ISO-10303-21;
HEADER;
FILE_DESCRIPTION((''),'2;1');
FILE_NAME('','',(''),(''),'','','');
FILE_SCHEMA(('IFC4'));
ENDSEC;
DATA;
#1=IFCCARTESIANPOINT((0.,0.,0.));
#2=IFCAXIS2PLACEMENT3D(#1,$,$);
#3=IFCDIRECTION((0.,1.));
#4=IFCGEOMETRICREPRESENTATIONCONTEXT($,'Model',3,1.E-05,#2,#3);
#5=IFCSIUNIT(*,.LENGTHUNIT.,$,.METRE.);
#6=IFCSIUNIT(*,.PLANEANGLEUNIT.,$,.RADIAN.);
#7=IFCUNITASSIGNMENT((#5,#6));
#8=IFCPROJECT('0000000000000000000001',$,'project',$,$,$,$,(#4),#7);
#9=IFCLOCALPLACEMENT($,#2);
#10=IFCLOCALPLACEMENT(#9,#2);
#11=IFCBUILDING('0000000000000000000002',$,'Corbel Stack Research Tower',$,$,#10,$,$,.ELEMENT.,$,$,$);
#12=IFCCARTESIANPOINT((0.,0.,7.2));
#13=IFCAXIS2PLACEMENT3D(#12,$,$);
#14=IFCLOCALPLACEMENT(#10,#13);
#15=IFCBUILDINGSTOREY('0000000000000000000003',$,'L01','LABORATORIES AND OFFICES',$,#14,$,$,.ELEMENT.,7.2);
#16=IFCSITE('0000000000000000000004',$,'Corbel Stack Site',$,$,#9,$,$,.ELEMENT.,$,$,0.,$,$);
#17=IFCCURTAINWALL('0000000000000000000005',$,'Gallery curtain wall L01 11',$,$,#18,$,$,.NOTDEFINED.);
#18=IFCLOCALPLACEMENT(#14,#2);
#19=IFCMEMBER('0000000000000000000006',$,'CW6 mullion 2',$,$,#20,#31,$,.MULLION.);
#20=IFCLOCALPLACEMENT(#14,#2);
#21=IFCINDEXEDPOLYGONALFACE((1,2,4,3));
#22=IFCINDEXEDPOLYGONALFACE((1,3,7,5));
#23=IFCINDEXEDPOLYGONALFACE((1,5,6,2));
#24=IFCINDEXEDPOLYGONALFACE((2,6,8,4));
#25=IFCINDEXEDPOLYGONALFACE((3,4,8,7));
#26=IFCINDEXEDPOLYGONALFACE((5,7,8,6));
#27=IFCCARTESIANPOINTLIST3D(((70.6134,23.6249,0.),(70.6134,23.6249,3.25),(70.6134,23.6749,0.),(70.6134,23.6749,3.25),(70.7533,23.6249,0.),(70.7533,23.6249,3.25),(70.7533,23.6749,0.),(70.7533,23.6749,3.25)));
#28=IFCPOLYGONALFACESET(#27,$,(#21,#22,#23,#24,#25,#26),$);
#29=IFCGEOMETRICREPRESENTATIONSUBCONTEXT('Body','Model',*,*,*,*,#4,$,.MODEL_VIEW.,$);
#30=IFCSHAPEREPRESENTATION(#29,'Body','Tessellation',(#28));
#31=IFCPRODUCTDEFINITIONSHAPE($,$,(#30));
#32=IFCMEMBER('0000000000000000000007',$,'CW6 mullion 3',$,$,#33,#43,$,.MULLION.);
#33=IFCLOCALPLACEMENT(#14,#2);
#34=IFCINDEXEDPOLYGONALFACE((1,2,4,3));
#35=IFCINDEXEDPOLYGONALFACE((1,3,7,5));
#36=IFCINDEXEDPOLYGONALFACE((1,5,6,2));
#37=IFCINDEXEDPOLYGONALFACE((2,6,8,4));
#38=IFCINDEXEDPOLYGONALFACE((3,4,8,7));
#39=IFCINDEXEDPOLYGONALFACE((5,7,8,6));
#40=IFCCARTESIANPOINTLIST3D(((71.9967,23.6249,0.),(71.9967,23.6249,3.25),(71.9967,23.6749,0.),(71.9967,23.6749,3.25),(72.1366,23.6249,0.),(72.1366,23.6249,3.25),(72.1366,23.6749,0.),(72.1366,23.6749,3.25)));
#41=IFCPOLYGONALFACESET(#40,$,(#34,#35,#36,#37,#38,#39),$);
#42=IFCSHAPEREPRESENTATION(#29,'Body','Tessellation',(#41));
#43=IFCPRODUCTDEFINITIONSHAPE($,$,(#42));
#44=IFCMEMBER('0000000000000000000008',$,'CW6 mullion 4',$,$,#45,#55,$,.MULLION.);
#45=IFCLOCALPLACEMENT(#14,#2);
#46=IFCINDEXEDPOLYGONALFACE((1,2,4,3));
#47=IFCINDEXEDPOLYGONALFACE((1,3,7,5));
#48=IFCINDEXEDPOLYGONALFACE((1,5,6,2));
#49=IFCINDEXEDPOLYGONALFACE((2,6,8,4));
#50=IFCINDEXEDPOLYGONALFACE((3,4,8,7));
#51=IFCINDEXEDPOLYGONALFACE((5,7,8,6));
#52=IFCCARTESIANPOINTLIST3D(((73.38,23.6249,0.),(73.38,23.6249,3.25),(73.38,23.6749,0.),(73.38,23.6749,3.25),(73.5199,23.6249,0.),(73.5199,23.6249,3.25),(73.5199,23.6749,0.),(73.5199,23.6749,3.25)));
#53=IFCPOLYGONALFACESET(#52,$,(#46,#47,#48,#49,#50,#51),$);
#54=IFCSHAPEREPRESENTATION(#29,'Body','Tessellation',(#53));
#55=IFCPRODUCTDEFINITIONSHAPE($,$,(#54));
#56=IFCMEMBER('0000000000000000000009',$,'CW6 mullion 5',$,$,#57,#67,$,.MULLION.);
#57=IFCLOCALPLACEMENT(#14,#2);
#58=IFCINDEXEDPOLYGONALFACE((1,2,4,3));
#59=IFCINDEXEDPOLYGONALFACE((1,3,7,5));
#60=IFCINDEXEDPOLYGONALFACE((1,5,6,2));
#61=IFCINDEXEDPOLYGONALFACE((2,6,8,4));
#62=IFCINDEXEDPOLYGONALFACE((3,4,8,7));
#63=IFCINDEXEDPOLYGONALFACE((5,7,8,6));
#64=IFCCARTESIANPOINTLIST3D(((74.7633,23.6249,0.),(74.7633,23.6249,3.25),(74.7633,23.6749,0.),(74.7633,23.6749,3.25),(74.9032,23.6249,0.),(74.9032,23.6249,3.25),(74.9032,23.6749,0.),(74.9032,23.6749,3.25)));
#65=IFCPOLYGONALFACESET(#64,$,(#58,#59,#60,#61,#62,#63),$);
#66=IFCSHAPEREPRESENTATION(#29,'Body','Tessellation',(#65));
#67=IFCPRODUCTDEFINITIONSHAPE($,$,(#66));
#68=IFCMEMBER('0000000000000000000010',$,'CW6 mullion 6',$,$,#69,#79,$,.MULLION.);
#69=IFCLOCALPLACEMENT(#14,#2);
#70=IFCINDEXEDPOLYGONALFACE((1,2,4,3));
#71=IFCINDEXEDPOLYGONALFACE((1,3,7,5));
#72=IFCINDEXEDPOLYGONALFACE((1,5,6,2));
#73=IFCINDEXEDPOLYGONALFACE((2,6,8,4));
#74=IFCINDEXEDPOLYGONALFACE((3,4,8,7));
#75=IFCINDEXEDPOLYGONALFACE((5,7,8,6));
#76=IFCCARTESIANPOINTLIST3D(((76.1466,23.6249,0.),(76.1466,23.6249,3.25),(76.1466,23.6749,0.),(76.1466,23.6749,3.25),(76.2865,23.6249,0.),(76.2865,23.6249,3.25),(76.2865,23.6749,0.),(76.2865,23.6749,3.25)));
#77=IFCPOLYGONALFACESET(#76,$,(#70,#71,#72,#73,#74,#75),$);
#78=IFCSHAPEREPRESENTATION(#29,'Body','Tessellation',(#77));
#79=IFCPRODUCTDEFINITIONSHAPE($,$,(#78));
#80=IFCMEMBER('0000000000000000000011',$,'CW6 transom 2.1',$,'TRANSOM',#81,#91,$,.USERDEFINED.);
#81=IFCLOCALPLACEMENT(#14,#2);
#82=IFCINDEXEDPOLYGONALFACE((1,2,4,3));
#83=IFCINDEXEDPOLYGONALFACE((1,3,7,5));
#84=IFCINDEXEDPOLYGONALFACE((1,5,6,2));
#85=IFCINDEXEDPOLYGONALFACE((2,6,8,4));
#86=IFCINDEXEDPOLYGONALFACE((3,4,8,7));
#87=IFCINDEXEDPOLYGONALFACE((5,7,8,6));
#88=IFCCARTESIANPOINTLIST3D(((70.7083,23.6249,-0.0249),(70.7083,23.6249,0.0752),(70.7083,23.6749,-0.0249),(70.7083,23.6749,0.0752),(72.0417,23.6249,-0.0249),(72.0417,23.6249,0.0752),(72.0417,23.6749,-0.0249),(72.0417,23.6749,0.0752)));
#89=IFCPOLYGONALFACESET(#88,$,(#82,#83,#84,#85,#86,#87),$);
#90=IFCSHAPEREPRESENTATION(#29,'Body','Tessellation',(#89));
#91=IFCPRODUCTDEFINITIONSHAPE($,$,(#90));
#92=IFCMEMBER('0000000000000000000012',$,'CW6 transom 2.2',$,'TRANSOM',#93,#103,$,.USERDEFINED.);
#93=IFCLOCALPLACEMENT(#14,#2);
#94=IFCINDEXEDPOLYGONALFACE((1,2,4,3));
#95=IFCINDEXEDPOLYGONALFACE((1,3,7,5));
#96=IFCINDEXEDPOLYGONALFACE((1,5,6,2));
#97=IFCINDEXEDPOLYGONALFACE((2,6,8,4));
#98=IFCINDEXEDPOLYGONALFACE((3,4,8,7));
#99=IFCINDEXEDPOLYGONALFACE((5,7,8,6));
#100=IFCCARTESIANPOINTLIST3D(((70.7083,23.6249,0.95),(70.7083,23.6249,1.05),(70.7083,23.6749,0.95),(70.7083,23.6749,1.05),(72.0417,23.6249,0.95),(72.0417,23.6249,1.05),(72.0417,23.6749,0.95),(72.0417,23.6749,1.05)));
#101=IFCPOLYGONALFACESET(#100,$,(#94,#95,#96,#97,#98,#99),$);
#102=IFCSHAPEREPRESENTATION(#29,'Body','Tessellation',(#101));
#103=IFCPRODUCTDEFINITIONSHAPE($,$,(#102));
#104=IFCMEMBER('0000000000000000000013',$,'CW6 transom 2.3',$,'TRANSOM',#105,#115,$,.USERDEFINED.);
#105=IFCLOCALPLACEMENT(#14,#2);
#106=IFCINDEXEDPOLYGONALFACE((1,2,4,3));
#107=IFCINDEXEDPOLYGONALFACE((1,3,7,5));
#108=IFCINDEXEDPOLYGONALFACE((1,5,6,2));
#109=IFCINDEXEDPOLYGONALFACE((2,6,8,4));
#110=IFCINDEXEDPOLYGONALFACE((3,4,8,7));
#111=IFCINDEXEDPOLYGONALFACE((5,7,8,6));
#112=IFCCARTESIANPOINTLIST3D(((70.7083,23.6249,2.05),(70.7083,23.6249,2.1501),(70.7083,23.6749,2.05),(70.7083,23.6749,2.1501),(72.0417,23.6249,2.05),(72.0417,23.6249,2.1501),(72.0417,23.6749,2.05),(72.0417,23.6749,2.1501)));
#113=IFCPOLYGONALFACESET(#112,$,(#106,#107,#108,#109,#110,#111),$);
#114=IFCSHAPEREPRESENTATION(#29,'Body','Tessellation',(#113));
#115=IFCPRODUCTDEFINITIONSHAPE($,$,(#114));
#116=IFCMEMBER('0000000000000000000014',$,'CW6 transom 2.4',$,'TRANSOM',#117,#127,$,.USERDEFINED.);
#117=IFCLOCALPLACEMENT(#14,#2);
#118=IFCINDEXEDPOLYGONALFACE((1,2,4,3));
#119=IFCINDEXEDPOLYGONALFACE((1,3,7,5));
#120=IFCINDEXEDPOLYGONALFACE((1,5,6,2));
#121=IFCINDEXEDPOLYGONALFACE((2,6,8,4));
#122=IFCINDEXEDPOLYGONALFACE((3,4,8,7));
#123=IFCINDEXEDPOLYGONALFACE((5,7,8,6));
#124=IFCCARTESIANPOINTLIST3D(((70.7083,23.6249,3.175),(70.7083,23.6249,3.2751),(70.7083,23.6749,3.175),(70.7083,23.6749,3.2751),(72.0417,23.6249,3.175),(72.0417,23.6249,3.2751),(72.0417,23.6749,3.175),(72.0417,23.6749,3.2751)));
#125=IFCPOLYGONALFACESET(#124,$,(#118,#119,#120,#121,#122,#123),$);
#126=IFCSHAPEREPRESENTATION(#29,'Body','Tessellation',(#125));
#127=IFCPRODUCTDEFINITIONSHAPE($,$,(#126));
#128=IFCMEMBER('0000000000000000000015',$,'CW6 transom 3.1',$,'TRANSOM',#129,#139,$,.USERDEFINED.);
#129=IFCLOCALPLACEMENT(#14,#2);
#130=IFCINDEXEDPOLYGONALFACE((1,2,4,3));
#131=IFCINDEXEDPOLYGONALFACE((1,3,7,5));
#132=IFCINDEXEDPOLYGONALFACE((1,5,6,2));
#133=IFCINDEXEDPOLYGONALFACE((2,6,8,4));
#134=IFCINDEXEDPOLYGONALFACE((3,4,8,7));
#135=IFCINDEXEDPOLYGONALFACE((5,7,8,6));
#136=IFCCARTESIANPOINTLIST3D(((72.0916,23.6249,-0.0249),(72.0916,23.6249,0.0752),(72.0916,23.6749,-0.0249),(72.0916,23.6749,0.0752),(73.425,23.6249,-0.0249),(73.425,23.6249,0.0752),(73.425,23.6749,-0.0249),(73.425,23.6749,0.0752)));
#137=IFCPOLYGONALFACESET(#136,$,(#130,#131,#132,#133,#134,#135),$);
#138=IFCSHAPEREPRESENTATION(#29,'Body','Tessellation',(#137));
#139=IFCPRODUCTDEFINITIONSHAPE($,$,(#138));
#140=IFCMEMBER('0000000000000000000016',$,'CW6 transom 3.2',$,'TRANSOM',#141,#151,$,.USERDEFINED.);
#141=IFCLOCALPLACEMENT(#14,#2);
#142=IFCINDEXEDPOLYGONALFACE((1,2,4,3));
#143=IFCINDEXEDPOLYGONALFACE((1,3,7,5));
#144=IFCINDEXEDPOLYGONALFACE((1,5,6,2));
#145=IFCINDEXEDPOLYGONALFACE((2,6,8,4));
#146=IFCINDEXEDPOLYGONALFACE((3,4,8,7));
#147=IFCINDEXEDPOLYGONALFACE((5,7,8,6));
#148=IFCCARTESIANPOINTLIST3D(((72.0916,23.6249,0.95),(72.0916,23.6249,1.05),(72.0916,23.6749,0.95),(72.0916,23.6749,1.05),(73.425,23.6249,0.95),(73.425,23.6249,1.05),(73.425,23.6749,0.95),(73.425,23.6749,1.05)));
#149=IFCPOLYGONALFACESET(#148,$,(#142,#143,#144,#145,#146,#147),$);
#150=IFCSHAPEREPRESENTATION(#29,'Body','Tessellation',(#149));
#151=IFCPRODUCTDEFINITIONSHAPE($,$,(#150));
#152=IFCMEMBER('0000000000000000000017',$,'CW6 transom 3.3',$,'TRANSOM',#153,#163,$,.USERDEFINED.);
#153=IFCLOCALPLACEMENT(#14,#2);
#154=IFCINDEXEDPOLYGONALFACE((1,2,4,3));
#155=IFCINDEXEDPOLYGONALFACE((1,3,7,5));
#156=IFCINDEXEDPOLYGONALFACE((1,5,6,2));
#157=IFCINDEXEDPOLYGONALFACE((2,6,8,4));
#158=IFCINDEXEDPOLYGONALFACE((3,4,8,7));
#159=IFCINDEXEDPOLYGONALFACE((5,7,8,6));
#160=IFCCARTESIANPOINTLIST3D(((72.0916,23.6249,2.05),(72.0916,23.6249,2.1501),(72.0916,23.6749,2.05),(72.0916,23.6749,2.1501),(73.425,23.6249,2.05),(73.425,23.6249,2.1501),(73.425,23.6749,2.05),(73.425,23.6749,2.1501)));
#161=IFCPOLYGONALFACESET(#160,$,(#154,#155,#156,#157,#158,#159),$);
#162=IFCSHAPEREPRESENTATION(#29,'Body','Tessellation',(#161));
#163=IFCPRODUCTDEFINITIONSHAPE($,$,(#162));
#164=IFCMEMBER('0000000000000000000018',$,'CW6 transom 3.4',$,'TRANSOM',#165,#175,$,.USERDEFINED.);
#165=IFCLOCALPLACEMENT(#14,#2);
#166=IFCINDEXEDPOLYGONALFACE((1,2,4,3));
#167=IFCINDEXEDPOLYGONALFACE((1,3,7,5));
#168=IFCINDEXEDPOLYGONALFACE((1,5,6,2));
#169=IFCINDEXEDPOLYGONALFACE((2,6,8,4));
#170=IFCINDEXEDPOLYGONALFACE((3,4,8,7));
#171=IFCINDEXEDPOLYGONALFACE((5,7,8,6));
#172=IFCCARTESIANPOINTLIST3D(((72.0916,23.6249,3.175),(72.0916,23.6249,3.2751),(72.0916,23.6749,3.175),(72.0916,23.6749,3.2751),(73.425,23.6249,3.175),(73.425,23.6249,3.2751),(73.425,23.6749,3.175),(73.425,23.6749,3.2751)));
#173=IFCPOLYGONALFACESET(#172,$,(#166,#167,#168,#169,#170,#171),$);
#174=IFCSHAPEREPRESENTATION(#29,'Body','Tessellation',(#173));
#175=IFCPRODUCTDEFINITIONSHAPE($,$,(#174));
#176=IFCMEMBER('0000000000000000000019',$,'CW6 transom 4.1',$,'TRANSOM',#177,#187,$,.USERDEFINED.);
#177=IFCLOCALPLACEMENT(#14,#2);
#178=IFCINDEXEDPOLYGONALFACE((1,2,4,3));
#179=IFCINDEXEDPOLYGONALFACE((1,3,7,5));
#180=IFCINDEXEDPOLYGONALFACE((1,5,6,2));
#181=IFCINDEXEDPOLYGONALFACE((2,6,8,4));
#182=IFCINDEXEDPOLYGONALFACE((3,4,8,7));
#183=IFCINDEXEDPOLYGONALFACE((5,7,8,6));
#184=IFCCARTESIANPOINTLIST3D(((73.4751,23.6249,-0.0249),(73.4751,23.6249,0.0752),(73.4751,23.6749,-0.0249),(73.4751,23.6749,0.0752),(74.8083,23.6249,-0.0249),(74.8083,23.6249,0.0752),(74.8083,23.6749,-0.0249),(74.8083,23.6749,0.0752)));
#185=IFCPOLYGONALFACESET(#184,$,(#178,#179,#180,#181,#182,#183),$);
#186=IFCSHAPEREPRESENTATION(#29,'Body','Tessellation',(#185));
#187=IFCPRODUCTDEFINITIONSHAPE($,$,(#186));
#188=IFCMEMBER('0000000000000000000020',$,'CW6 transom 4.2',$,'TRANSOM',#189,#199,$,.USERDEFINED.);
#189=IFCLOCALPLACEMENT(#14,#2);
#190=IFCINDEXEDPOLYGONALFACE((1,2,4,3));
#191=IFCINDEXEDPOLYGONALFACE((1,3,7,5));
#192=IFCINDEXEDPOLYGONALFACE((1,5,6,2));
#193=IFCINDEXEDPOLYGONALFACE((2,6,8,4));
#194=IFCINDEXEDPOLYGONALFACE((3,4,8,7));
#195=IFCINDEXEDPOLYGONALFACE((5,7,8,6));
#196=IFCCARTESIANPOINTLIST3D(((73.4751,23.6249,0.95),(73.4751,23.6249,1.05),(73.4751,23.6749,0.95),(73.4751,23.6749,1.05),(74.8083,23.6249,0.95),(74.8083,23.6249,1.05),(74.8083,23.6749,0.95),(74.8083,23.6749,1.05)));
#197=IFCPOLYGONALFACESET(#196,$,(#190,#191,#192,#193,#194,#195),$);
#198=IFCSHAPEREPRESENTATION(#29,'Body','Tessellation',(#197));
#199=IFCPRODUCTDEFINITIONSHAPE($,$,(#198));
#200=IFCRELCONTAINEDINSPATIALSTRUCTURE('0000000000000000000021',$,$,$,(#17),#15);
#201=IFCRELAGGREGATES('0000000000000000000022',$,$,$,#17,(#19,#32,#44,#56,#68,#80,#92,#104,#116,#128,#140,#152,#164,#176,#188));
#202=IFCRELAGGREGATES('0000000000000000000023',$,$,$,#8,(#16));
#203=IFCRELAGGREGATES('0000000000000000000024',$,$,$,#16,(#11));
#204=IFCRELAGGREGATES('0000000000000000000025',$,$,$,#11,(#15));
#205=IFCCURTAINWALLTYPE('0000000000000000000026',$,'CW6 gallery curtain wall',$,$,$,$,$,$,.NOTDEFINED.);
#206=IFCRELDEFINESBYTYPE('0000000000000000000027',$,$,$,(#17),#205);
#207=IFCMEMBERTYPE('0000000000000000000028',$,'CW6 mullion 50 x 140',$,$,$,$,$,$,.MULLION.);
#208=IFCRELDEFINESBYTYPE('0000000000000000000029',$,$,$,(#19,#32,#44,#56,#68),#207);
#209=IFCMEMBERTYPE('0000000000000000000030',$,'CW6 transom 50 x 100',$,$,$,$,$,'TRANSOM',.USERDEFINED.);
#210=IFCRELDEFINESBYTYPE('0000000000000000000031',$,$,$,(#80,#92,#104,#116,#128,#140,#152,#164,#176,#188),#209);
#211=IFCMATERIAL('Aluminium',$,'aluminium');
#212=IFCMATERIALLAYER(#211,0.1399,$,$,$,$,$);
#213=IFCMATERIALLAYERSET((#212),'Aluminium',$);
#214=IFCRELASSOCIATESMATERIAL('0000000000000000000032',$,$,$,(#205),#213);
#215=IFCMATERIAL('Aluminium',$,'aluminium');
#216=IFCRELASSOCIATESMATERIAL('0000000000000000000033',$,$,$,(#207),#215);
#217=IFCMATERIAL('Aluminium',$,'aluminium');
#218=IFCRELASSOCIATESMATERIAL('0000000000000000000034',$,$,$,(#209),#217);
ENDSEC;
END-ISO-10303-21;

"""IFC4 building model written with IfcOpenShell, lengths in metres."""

from ifc_helpers import new_model, si_unit, direction, frame, origin, origin_2d, place, context, subcontext, project, spatial, rectangle, extrude, material, layer, layer_set, material_profile, profile_set, type_object, element, aggregate, save


model = new_model("IFC4")

# Units and contexts
model_context = context("Model", 3, precision=1e-05, world=origin(), true_north=direction((0.0, 1.0)))
body_context = subcontext(model_context, "Body", "Model", "MODEL_VIEW")
ifc_project = project(units=[si_unit("LENGTHUNIT", "METRE"), si_unit("PLANEANGLEUNIT", "RADIAN")], contexts=[model_context])

# Site, building, storey
site_placement = place(None, origin())
site = spatial("IfcSite", under=ifc_project, at=site_placement, Name="Corbel Stack Site", CompositionType="ELEMENT", RefElevation=0.0)
building_placement = place(site_placement, origin())
building = spatial("IfcBuilding", under=site, at=building_placement, Name="Corbel Stack Research Tower", CompositionType="ELEMENT")
storey_placement = place(building_placement, frame((0.0, 0.0, 7.2)))
storey = spatial("IfcBuildingStorey", under=building, at=storey_placement, Name="L01", Description="LABORATORIES AND OFFICES", CompositionType="ELEMENT", Elevation=7.2)

# Curtain wall, members
ifc_material_1 = material(Name="Aluminium", Category="aluminium")
ifc_layer_1 = layer(ifc_material_1, 0.1399)
ifc_layer_set_1 = layer_set([ifc_layer_1], Name="Aluminium")
curtain_wall_type = type_object("IfcCurtainWallType", Name="CW6 gallery curtain wall", PredefinedType="NOTDEFINED", material=ifc_layer_set_1)
curtain_wall_placement = place(storey_placement, origin())
curtain_wall = element("IfcCurtainWall", 1, at=curtain_wall_placement, inside=storey, type_object=curtain_wall_type, Name="Gallery curtain wall L01 11", PredefinedType="NOTDEFINED")
ifc_material_2 = material(Name="Aluminium", Category="aluminium")
ifc_material_profile_1 = material_profile(ifc_material_2, rectangle(XDim=0.05, YDim=0.1399, at=origin_2d()), Name="Mullion 50 x 140")
ifc_profile_set_1 = profile_set([ifc_material_profile_1], Name="Aluminium")
member_type_1 = type_object("IfcMemberType", Name="CW6 mullion 50 x 140", PredefinedType="MULLION", material=ifc_profile_set_1)
member_1_placement = place(storey_placement, frame((70.6833, 23.6499, 0.0), z_axis=(0.0, 0.0, 1.0), x_axis=(0.0, 1.0, 0.0)))
member_1 = element("IfcMember", 2, at=member_1_placement, type_object=member_type_1, Name="CW6 mullion 2", PredefinedType="MULLION", context=body_context, shape_type="SweptSolid", body=[
    extrude(rectangle(XDim=0.05, YDim=0.1399, at=origin_2d()), origin(), (0.0, 0.0, 1.0), 3.25),
])
member_2_placement = place(storey_placement, frame((72.0667, 23.6499, 0.0), z_axis=(0.0, 0.0, 1.0), x_axis=(0.0, 1.0, 0.0)))
member_2 = element("IfcMember", 3, at=member_2_placement, type_object=member_type_1, Name="CW6 mullion 3", PredefinedType="MULLION", context=body_context, shape_type="SweptSolid", body=[
    extrude(rectangle(XDim=0.05, YDim=0.1399, at=origin_2d()), origin(), (0.0, 0.0, 1.0), 3.25),
])
member_3_placement = place(storey_placement, frame((73.45, 23.6499, 0.0), z_axis=(0.0, 0.0, 1.0), x_axis=(0.0, 1.0, 0.0)))
member_3 = element("IfcMember", 4, at=member_3_placement, type_object=member_type_1, Name="CW6 mullion 4", PredefinedType="MULLION", context=body_context, shape_type="SweptSolid", body=[
    extrude(rectangle(XDim=0.05, YDim=0.1399, at=origin_2d()), origin(), (0.0, 0.0, 1.0), 3.25),
])
member_4_placement = place(storey_placement, frame((74.8333, 23.6499, 0.0), z_axis=(0.0, 0.0, 1.0), x_axis=(0.0, 1.0, 0.0)))
member_4 = element("IfcMember", 5, at=member_4_placement, type_object=member_type_1, Name="CW6 mullion 5", PredefinedType="MULLION", context=body_context, shape_type="SweptSolid", body=[
    extrude(rectangle(XDim=0.05, YDim=0.1399, at=origin_2d()), origin(), (0.0, 0.0, 1.0), 3.25),
])
member_5_placement = place(storey_placement, frame((76.2166, 23.6499, 0.0), z_axis=(0.0, 0.0, 1.0), x_axis=(0.0, 1.0, 0.0)))
member_5 = element("IfcMember", 6, at=member_5_placement, type_object=member_type_1, Name="CW6 mullion 6", PredefinedType="MULLION", context=body_context, shape_type="SweptSolid", body=[
    extrude(rectangle(XDim=0.05, YDim=0.1399, at=origin_2d()), origin(), (0.0, 0.0, 1.0), 3.25),
])
ifc_material_3 = material(Name="Aluminium", Category="aluminium")
ifc_material_profile_2 = material_profile(ifc_material_3, rectangle(XDim=0.05, YDim=0.1001, at=origin_2d()), Name="Transom 50 x 100")
ifc_profile_set_2 = profile_set([ifc_material_profile_2], Name="Aluminium")
member_type_2 = type_object("IfcMemberType", Name="CW6 transom 50 x 100", ElementType="TRANSOM", PredefinedType="USERDEFINED", material=ifc_profile_set_2)
member_6_placement = place(storey_placement, frame((70.7083, 23.6499, 0.0251), z_axis=(1.0, 0.0, 0.0), x_axis=(0.0, 1.0, 0.0)))
member_6 = element("IfcMember", 7, at=member_6_placement, type_object=member_type_2, Name="CW6 transom 2.1", ObjectType="TRANSOM", PredefinedType="USERDEFINED", context=body_context, shape_type="SweptSolid", body=[
    extrude(rectangle(XDim=0.05, YDim=0.1001, at=origin_2d()), origin(), (0.0, 0.0, 1.0), 1.3335),
])
member_7_placement = place(storey_placement, frame((70.7083, 23.6499, 1.0), z_axis=(1.0, 0.0, 0.0), x_axis=(0.0, 1.0, 0.0)))
member_7 = element("IfcMember", 8, at=member_7_placement, type_object=member_type_2, Name="CW6 transom 2.2", ObjectType="TRANSOM", PredefinedType="USERDEFINED", context=body_context, shape_type="SweptSolid", body=[
    extrude(rectangle(XDim=0.05, YDim=0.1001, at=origin_2d()), origin(), (0.0, 0.0, 1.0), 1.3335),
])
member_8_placement = place(storey_placement, frame((70.7083, 23.6499, 2.1001), z_axis=(1.0, 0.0, 0.0), x_axis=(0.0, 1.0, 0.0)))
member_8 = element("IfcMember", 9, at=member_8_placement, type_object=member_type_2, Name="CW6 transom 2.3", ObjectType="TRANSOM", PredefinedType="USERDEFINED", context=body_context, shape_type="SweptSolid", body=[
    extrude(rectangle(XDim=0.05, YDim=0.1001, at=origin_2d()), origin(), (0.0, 0.0, 1.0), 1.3335),
])
member_9_placement = place(storey_placement, frame((70.7083, 23.6499, 3.2251), z_axis=(1.0, 0.0, 0.0), x_axis=(0.0, 1.0, 0.0)))
member_9 = element("IfcMember", 10, at=member_9_placement, type_object=member_type_2, Name="CW6 transom 2.4", ObjectType="TRANSOM", PredefinedType="USERDEFINED", context=body_context, shape_type="SweptSolid", body=[
    extrude(rectangle(XDim=0.05, YDim=0.1001, at=origin_2d()), origin(), (0.0, 0.0, 1.0), 1.3335),
])
member_10_placement = place(storey_placement, frame((72.0916, 23.6499, 0.0251), z_axis=(1.0, 0.0, 0.0), x_axis=(0.0, 1.0, 0.0)))
member_10 = element("IfcMember", 11, at=member_10_placement, type_object=member_type_2, Name="CW6 transom 3.1", ObjectType="TRANSOM", PredefinedType="USERDEFINED", context=body_context, shape_type="SweptSolid", body=[
    extrude(rectangle(XDim=0.05, YDim=0.1001, at=origin_2d()), origin(), (0.0, 0.0, 1.0), 1.3335),
])
member_11_placement = place(storey_placement, frame((72.0916, 23.6499, 1.0), z_axis=(1.0, 0.0, 0.0), x_axis=(0.0, 1.0, 0.0)))
member_11 = element("IfcMember", 12, at=member_11_placement, type_object=member_type_2, Name="CW6 transom 3.2", ObjectType="TRANSOM", PredefinedType="USERDEFINED", context=body_context, shape_type="SweptSolid", body=[
    extrude(rectangle(XDim=0.05, YDim=0.1001, at=origin_2d()), origin(), (0.0, 0.0, 1.0), 1.3335),
])
member_12_placement = place(storey_placement, frame((72.0916, 23.6499, 2.1001), z_axis=(1.0, 0.0, 0.0), x_axis=(0.0, 1.0, 0.0)))
member_12 = element("IfcMember", 13, at=member_12_placement, type_object=member_type_2, Name="CW6 transom 3.3", ObjectType="TRANSOM", PredefinedType="USERDEFINED", context=body_context, shape_type="SweptSolid", body=[
    extrude(rectangle(XDim=0.05, YDim=0.1001, at=origin_2d()), origin(), (0.0, 0.0, 1.0), 1.3335),
])
member_13_placement = place(storey_placement, frame((72.0916, 23.6499, 3.2251), z_axis=(1.0, 0.0, 0.0), x_axis=(0.0, 1.0, 0.0)))
member_13 = element("IfcMember", 14, at=member_13_placement, type_object=member_type_2, Name="CW6 transom 3.4", ObjectType="TRANSOM", PredefinedType="USERDEFINED", context=body_context, shape_type="SweptSolid", body=[
    extrude(rectangle(XDim=0.05, YDim=0.1001, at=origin_2d()), origin(), (0.0, 0.0, 1.0), 1.3335),
])
member_14_placement = place(storey_placement, frame((73.4751, 23.6499, 0.0251), z_axis=(1.0, 0.0, 0.0), x_axis=(0.0, 1.0, 0.0)))
member_14 = element("IfcMember", 15, at=member_14_placement, type_object=member_type_2, Name="CW6 transom 4.1", ObjectType="TRANSOM", PredefinedType="USERDEFINED", context=body_context, shape_type="SweptSolid", body=[
    extrude(rectangle(XDim=0.05, YDim=0.1001, at=origin_2d()), origin(), (0.0, 0.0, 1.0), 1.3333),
])
member_15_placement = place(storey_placement, frame((73.4751, 23.6499, 1.0), z_axis=(1.0, 0.0, 0.0), x_axis=(0.0, 1.0, 0.0)))
member_15 = element("IfcMember", 16, at=member_15_placement, type_object=member_type_2, Name="CW6 transom 4.2", ObjectType="TRANSOM", PredefinedType="USERDEFINED", context=body_context, shape_type="SweptSolid", body=[
    extrude(rectangle(XDim=0.05, YDim=0.1001, at=origin_2d()), origin(), (0.0, 0.0, 1.0), 1.3333),
])
aggregate(curtain_wall, [member_1, member_2, member_3, member_4, member_5, member_6, member_7, member_8, member_9, member_10, member_11, member_12, member_13, member_14, member_15])

save(model, "model.ifc")
